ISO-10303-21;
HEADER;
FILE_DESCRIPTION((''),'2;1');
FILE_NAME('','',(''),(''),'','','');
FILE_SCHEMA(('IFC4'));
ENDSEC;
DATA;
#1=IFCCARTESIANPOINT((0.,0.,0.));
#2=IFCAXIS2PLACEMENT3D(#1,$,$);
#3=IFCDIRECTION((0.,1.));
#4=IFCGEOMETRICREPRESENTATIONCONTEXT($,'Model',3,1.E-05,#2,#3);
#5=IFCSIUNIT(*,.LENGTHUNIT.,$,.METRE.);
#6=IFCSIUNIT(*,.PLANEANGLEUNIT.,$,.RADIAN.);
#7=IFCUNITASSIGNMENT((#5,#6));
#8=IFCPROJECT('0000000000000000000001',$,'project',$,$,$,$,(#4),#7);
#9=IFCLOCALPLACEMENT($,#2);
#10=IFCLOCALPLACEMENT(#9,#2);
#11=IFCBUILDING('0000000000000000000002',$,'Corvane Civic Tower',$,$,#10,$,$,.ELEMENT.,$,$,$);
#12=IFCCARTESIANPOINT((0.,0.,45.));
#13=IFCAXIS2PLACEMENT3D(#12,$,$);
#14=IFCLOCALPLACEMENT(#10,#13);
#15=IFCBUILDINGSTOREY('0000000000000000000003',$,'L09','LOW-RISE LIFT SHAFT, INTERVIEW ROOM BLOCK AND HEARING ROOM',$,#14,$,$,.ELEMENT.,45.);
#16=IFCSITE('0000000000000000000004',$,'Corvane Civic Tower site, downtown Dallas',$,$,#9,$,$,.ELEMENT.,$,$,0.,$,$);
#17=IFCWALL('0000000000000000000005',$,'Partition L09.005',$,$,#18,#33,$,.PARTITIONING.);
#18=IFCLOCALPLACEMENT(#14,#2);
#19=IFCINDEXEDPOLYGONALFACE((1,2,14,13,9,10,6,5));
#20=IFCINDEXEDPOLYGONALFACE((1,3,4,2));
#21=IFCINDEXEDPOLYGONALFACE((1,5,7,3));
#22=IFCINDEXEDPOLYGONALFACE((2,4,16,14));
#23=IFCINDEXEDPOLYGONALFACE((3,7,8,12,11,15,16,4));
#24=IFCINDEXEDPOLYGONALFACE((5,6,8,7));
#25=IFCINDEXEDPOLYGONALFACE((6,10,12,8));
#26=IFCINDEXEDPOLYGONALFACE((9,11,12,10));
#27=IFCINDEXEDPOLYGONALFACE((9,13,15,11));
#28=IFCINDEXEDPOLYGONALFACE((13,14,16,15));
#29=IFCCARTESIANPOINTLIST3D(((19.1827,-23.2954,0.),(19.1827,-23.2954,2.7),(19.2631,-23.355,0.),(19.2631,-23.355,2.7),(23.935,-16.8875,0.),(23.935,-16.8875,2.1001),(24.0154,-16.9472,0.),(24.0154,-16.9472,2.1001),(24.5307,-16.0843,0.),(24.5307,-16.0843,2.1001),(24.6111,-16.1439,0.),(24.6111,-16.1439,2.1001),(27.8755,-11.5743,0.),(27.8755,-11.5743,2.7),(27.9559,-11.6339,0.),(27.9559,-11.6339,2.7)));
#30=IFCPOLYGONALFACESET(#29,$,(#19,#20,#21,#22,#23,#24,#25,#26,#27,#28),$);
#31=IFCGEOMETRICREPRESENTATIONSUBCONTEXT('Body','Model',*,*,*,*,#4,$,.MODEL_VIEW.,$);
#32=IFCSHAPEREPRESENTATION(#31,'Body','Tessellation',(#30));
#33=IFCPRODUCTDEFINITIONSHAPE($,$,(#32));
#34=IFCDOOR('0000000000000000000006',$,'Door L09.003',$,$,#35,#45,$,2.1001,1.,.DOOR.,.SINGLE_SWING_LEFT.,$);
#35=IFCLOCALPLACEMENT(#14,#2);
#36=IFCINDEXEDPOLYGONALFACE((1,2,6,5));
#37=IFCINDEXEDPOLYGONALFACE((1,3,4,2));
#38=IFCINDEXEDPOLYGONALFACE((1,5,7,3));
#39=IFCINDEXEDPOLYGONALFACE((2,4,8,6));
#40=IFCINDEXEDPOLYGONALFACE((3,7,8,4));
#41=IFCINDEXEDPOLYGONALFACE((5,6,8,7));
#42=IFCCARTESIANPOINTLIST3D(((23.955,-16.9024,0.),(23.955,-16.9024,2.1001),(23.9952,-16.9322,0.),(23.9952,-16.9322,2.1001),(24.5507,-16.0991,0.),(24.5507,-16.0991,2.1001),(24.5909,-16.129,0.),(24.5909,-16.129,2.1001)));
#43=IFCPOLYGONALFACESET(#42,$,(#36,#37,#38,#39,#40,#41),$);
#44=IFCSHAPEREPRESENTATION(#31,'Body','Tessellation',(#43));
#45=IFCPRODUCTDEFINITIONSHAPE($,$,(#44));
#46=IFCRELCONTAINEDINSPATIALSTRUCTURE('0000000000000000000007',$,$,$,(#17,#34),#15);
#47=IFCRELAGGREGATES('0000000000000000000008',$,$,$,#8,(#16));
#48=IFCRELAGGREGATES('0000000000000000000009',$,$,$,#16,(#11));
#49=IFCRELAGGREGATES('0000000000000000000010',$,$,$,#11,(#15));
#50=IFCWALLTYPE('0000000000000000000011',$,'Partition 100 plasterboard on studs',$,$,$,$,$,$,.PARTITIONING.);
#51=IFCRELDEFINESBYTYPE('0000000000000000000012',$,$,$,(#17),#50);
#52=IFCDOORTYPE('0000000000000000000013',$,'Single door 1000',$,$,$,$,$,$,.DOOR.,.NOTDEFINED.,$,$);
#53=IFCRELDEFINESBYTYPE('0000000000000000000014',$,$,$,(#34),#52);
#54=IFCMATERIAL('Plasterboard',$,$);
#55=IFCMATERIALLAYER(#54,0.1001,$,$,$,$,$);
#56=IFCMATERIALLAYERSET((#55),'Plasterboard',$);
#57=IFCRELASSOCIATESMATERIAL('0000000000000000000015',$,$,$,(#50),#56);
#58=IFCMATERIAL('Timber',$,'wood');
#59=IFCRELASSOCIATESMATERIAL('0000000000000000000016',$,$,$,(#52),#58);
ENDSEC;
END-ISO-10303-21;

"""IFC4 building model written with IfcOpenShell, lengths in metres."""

from ifc_helpers import new_model, si_unit, direction, frame, frame_2d, origin, place, context, subcontext, project, spatial, rectangle, extrude, material, layer, layer_set, type_object, element, fill, save


model = new_model("IFC4")

# Units and contexts
model_context = context("Model", 3, precision=1e-05, world=origin(), true_north=direction((0.0, 1.0)))
body_context = subcontext(model_context, "Body", "Model", "MODEL_VIEW")
ifc_project = project(units=[si_unit("LENGTHUNIT", "METRE"), si_unit("PLANEANGLEUNIT", "RADIAN")], contexts=[model_context])

# Site, building, storey
site_placement = place(None, origin())
site = spatial("IfcSite", under=ifc_project, at=site_placement, Name="Corvane Civic Tower site, downtown Dallas", CompositionType="ELEMENT", RefElevation=0.0)
building_placement = place(site_placement, origin())
building = spatial("IfcBuilding", under=site, at=building_placement, Name="Corvane Civic Tower", CompositionType="ELEMENT")
storey_placement = place(building_placement, frame((0.0, 0.0, 45.0)))
storey = spatial("IfcBuildingStorey", under=building, at=storey_placement, Name="L09", Description="LOW-RISE LIFT SHAFT, INTERVIEW ROOM BLOCK AND HEARING ROOM", CompositionType="ELEMENT", Elevation=45.0)

# Wall, opening, door
ifc_material_1 = material(Name="Plasterboard")
ifc_layer_1 = layer(ifc_material_1, 0.1001)
ifc_layer_set_1 = layer_set([ifc_layer_1], Name="Plasterboard")
wall_type = type_object("IfcWallType", Name="Partition 100 plasterboard on studs", PredefinedType="PARTITIONING", material=ifc_layer_set_1)
wall_placement = place(storey_placement, frame((19.2229, -23.3252, 0.0), z_axis=(0.0, 0.0, 1.0), x_axis=(0.595692, 0.803213, 0.0)))
wall = element("IfcWall", 1, at=wall_placement, inside=storey, type_object=wall_type, Name="Partition L09.005", PredefinedType="PARTITIONING", context=body_context, shape_type="SweptSolid", body=[
    extrude(rectangle(XDim=14.5928, YDim=0.1001, at=frame_2d((7.2964, 0.0))), origin(), (0.0, 0.0, 1.0), 2.7),
])
opening_placement = place(wall_placement, frame((7.9778, 0.0, 0.0)))
opening = element("IfcOpeningElement", 2, at=opening_placement, cuts=wall, PredefinedType="OPENING", context=body_context, shape_type="SweptSolid", body=[
    extrude(rectangle(XDim=1.0, YDim=2.1001, at=frame_2d((0.5, 1.05))), frame((0.0, 0.0601, 0.0), z_axis=(0.0, -1.0, 0.0), x_axis=(1.0, 0.0, 0.0)), (0.0, 0.0, 1.0), 0.1201),
])
ifc_material_2 = material(Name="Timber", Category="wood")
door_type = type_object("IfcDoorType", Name="Single door 1000", OperationType="NOTDEFINED", PredefinedType="DOOR", material=ifc_material_2)
door_placement = place(opening_placement, frame((1.0, 0.0, 0.0), z_axis=(0.0, 0.0, 1.0), x_axis=(-1.0, 0.0, 0.0)))
door = element("IfcDoor", 3, at=door_placement, inside=storey, type_object=door_type, Name="Door L09.003", OperationType="SINGLE_SWING_LEFT", OverallHeight=2.1001, OverallWidth=1.0, PredefinedType="DOOR", context=body_context, shape_type="SweptSolid", body=[
    extrude(rectangle(XDim=1.0, YDim=2.1001, at=frame_2d((0.5, 1.05))), frame((0.0, 0.0249, 0.0), z_axis=(0.0, -1.0, 0.0), x_axis=(1.0, 0.0, 0.0)), (0.0, 0.0, 1.0), 0.05),
])
fill(opening, door)

save(model, "model.ifc")
